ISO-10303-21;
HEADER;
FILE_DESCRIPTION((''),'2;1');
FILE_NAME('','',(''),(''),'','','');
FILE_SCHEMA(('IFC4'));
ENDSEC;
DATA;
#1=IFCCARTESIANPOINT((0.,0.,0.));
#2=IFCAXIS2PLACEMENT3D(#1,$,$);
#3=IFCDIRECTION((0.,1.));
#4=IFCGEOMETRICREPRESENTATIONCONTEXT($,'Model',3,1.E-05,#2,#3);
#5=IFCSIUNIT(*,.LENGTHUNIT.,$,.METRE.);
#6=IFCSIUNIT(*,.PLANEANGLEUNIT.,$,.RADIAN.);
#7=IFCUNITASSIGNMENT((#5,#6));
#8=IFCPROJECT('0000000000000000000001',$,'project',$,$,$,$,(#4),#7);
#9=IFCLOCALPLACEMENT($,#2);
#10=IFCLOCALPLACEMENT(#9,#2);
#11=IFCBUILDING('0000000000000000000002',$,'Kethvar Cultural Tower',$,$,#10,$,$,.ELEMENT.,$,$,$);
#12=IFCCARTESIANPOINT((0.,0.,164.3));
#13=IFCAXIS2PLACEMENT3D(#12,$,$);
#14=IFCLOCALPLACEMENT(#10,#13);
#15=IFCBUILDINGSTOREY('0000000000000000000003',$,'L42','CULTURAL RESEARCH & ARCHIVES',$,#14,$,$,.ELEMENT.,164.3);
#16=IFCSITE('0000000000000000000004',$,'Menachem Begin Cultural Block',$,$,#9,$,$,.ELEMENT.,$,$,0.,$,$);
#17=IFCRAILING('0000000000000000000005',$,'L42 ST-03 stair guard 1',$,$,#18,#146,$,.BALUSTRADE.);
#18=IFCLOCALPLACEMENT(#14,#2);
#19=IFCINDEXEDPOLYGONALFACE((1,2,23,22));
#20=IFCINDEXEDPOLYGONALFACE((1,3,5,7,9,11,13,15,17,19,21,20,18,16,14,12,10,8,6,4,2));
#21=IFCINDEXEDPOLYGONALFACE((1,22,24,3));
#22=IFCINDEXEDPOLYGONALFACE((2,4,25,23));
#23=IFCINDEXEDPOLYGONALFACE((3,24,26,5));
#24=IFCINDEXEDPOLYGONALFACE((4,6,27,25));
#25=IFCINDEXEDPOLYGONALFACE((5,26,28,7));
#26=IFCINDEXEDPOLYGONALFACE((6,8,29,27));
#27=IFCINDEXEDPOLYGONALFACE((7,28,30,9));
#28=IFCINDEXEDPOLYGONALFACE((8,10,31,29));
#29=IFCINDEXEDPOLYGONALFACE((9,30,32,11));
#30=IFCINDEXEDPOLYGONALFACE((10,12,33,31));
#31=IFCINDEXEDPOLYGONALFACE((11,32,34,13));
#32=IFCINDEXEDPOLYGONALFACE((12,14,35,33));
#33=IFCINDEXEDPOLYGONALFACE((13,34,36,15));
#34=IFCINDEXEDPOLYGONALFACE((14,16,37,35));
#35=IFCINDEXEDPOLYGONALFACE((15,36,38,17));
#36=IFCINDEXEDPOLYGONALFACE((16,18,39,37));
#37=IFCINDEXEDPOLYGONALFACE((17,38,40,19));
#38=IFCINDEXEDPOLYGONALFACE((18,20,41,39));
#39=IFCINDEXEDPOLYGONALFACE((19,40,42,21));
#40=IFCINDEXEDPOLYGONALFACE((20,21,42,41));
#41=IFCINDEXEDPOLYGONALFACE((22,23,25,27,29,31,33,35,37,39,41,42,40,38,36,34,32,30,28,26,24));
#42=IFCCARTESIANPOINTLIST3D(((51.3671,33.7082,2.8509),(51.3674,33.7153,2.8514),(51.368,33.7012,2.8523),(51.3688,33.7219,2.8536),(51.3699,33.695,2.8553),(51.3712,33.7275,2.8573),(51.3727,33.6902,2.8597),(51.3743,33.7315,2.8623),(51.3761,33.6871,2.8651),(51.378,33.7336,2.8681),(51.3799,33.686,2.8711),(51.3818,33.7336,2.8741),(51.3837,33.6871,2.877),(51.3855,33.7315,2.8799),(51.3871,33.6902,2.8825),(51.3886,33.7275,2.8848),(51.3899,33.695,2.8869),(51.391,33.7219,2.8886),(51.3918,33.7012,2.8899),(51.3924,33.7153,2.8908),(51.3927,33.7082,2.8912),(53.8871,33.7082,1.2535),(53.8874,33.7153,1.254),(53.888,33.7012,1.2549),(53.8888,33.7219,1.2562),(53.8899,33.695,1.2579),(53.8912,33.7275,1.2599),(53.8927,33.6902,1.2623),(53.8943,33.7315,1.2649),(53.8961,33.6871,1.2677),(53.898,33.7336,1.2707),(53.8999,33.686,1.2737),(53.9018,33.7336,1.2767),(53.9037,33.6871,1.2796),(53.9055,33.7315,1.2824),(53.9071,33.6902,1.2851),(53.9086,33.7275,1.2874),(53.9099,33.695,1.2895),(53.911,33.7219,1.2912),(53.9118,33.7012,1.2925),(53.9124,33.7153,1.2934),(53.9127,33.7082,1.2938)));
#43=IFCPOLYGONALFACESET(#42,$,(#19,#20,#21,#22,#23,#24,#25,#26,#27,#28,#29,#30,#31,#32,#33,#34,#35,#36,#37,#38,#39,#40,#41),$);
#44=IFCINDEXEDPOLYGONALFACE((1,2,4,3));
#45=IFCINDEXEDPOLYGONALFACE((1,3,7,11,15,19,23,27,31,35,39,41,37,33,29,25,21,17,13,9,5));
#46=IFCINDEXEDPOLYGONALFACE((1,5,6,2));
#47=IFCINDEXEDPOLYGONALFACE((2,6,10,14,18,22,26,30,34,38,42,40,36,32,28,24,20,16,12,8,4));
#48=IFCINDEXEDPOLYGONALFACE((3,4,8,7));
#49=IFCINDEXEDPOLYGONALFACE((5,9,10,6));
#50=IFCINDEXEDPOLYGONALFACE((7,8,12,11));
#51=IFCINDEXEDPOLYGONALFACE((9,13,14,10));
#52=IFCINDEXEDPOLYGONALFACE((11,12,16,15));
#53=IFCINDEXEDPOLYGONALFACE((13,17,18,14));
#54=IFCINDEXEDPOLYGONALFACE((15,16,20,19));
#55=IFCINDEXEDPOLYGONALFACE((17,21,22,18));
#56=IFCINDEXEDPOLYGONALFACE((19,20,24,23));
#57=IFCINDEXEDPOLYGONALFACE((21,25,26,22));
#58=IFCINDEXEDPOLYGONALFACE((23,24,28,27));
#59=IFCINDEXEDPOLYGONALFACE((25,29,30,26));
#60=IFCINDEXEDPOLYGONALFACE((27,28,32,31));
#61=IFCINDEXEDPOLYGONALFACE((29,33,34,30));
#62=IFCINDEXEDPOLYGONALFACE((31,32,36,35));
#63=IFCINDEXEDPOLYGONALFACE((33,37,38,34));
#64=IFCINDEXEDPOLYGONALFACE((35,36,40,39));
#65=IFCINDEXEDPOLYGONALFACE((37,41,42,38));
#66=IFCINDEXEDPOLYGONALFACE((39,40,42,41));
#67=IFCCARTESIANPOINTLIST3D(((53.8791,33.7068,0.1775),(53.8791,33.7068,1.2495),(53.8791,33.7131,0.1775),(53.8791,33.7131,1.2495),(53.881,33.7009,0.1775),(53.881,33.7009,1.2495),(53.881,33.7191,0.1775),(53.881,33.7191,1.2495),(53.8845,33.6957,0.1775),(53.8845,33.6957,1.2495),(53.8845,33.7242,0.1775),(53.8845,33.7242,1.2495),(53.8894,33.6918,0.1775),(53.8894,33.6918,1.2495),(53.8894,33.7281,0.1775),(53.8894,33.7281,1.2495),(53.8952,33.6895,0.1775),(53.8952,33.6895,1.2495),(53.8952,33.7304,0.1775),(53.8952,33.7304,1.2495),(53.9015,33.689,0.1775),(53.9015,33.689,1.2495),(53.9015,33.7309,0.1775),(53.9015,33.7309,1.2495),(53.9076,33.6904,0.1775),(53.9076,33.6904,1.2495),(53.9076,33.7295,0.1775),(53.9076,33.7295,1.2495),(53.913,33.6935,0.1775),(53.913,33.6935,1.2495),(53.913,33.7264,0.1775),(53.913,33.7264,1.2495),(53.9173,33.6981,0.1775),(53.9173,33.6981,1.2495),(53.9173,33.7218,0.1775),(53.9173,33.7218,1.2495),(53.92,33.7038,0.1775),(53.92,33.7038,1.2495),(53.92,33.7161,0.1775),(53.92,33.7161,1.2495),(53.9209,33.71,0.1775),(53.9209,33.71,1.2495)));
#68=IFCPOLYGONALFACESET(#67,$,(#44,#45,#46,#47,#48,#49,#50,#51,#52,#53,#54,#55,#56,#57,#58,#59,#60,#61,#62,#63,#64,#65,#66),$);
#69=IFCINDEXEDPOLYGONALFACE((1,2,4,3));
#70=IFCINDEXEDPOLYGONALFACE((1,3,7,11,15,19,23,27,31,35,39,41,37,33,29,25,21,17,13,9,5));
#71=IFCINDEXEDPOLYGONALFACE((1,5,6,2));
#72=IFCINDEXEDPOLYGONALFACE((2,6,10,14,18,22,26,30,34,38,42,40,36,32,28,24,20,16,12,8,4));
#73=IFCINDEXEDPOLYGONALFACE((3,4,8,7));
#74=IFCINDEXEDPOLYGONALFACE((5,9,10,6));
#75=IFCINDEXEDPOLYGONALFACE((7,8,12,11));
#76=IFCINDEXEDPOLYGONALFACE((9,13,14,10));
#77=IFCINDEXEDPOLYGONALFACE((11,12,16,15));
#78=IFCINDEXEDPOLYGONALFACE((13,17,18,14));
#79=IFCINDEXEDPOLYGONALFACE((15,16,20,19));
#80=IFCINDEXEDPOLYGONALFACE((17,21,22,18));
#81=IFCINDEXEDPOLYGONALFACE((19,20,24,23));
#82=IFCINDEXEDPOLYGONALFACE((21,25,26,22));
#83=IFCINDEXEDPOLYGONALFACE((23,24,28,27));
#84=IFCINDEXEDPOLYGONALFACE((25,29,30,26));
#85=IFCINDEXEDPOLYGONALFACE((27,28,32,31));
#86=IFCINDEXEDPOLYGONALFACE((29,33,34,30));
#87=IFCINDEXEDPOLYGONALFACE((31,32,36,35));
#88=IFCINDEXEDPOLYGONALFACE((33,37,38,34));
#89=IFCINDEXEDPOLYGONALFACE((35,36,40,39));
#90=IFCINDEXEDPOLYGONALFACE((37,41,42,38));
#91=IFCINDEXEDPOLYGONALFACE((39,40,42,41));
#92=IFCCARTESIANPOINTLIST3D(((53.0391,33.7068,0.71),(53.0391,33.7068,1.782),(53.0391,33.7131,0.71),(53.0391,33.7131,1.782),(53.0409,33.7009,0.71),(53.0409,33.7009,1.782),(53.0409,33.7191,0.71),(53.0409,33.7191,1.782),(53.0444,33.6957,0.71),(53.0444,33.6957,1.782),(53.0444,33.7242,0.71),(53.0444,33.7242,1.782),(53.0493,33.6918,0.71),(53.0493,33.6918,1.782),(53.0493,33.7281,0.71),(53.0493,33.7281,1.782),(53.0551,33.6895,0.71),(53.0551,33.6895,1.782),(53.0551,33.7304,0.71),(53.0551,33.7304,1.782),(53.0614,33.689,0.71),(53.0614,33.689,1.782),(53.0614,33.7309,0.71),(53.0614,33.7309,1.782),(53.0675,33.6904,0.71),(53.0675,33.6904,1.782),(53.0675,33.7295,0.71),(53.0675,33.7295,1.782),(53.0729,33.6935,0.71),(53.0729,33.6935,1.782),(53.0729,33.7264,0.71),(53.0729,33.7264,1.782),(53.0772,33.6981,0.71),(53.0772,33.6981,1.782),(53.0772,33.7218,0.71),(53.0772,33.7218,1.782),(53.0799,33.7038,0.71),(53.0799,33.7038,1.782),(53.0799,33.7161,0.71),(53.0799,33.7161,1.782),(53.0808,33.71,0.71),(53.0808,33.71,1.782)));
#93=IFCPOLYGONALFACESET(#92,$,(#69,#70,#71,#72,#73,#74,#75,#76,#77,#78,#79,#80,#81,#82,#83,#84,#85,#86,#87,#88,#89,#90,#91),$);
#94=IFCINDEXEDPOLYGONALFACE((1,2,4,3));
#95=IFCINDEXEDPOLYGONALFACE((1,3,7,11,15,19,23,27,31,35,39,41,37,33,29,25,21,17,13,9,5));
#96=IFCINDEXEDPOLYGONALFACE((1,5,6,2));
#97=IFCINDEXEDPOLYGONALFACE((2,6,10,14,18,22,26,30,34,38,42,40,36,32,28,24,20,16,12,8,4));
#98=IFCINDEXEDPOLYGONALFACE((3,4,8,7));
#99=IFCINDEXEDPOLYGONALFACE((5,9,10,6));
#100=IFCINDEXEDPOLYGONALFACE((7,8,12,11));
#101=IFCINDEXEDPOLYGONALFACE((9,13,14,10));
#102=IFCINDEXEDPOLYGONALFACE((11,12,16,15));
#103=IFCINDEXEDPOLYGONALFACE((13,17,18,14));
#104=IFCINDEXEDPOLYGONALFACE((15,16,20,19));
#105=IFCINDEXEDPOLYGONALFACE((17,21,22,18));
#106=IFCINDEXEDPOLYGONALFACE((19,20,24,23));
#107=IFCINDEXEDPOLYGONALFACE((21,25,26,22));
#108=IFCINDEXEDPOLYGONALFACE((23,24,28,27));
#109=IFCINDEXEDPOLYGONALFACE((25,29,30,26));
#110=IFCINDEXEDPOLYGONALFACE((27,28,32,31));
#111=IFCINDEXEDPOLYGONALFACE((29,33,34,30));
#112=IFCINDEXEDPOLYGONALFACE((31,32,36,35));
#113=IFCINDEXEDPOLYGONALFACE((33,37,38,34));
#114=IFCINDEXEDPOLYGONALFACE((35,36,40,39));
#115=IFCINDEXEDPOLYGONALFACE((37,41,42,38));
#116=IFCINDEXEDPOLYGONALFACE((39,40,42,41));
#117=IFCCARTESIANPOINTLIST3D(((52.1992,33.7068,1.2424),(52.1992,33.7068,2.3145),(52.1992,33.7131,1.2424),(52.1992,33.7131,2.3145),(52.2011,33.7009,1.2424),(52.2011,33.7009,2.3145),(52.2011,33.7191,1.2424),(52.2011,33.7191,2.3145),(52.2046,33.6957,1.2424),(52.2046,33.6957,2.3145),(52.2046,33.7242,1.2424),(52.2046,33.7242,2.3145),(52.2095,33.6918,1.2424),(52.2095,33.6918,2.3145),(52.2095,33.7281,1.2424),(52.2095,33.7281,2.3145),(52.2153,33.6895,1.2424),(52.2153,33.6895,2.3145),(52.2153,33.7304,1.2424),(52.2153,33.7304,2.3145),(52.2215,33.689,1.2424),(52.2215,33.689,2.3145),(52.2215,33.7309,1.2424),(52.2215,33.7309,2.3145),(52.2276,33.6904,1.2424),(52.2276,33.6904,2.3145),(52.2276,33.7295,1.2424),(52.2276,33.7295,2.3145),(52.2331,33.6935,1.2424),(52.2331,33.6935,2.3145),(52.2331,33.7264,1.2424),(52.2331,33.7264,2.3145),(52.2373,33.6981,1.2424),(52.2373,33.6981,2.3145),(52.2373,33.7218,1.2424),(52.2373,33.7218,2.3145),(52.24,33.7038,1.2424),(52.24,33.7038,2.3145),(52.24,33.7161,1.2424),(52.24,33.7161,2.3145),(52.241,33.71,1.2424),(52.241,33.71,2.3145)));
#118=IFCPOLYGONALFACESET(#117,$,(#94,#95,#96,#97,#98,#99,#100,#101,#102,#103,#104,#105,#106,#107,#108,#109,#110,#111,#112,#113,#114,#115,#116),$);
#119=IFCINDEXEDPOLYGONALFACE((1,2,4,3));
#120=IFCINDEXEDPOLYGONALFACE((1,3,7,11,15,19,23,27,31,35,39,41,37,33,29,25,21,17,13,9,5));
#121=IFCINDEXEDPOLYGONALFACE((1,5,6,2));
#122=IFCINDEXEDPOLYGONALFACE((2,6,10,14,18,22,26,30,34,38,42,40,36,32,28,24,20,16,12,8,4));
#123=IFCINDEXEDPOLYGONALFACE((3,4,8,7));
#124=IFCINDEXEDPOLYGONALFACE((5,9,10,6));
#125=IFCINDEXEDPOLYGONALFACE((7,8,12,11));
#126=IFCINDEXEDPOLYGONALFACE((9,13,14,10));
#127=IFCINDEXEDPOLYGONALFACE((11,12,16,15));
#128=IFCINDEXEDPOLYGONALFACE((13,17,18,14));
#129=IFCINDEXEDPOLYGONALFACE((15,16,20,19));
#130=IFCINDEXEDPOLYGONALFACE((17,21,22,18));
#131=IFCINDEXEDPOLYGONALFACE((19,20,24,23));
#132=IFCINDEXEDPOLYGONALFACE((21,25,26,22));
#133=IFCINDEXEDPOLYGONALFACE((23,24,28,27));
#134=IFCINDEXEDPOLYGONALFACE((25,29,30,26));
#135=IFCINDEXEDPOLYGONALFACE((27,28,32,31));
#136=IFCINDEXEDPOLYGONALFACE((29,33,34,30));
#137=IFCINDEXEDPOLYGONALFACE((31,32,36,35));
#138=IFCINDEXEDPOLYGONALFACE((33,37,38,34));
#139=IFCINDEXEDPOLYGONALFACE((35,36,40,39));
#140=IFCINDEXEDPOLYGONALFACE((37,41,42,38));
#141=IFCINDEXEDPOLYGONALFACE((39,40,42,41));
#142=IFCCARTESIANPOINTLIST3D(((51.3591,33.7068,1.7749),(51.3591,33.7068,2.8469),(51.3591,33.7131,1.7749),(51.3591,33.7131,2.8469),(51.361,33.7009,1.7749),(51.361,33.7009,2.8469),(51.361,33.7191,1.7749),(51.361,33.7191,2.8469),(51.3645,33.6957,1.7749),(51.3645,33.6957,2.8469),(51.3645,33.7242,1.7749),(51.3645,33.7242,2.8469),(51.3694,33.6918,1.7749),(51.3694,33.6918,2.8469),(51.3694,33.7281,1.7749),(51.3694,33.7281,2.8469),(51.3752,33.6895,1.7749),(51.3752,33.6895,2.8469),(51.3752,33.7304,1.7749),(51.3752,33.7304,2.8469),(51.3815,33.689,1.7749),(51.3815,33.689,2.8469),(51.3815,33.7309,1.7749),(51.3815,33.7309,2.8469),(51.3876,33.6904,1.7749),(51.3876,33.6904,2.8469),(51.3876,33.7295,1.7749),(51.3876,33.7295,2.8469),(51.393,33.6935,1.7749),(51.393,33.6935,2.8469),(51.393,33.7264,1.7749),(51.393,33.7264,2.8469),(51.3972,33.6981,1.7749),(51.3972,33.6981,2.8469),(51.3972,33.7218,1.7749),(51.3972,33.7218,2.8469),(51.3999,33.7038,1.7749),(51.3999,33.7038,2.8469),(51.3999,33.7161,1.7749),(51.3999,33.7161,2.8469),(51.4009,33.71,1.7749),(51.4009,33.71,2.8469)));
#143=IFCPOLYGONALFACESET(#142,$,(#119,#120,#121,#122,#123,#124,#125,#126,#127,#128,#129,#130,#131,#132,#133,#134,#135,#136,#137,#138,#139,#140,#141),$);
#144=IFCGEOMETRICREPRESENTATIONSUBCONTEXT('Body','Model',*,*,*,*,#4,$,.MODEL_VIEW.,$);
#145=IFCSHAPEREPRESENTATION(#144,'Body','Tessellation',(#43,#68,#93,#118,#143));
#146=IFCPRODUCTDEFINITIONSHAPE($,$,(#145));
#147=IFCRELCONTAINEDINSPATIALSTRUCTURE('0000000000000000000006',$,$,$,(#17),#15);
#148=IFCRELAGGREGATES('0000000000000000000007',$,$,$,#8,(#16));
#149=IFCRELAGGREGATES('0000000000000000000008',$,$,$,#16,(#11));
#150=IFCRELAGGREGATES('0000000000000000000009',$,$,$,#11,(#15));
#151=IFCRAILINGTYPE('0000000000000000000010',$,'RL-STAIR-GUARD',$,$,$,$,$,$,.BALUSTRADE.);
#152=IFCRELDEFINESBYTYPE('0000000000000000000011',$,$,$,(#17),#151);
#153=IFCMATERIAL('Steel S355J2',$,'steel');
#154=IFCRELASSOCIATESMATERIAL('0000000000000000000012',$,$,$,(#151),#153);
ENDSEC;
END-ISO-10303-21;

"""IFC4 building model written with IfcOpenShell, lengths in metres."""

from ifc_helpers import new_model, si_unit, direction, frame, origin, origin_2d, place, context, subcontext, project, spatial, circle, extrude, material, type_object, element, save


model = new_model("IFC4")

# Units and contexts
model_context = context("Model", 3, precision=1e-05, world=origin(), true_north=direction((0.0, 1.0)))
body_context = subcontext(model_context, "Body", "Model", "MODEL_VIEW")
ifc_project = project(units=[si_unit("LENGTHUNIT", "METRE"), si_unit("PLANEANGLEUNIT", "RADIAN")], contexts=[model_context])

# Site, building, storey
site_placement = place(None, origin())
site = spatial("IfcSite", under=ifc_project, at=site_placement, Name="Menachem Begin Cultural Block", CompositionType="ELEMENT", RefElevation=0.0)
building_placement = place(site_placement, origin())
building = spatial("IfcBuilding", under=site, at=building_placement, Name="Kethvar Cultural Tower", CompositionType="ELEMENT")
storey_placement = place(building_placement, frame((0.0, 0.0, 164.3)))
storey = spatial("IfcBuildingStorey", under=building, at=storey_placement, Name="L42", Description="CULTURAL RESEARCH & ARCHIVES", CompositionType="ELEMENT", Elevation=164.3)

# Shared definitions
ifc_material_1 = material(Name="Steel S355J2", Category="steel")

# Railing
railing_type_1 = type_object("IfcRailingType", Name="RL-STAIR-GUARD", PredefinedType="BALUSTRADE", material=ifc_material_1)
railing_1_placement = place(storey_placement, frame((53.8999, 33.71, 0.1775)))
element("IfcRailing", 1, at=railing_1_placement, inside=storey, type_object=railing_type_1, Name="L42 ST-03 stair guard 1", PredefinedType="BALUSTRADE", context=body_context, shape_type="SweptSolid", body=[
    extrude(circle(Radius=0.0239, at=origin_2d()), frame((0.0, 0.0, 1.0962), z_axis=(-0.844607, 0.0, 0.535387), x_axis=(0.0, -1.0, 0.0)), (0.0, 0.0, 1.0), 2.9836),
    extrude(circle(Radius=0.021, at=origin_2d()), origin(), (0.0, 0.0, 1.0), 1.072),
    extrude(circle(Radius=0.021, at=origin_2d()), frame((-0.8401, 0.0, 0.5325)), (0.0, 0.0, 1.0), 1.072),
    extrude(circle(Radius=0.021, at=origin_2d()), frame((-1.6799, 0.0, 1.0649)), (0.0, 0.0, 1.0), 1.072),
    extrude(circle(Radius=0.021, at=origin_2d()), frame((-2.52, 0.0, 1.5974)), (0.0, 0.0, 1.0), 1.072),
])

save(model, "model.ifc")
